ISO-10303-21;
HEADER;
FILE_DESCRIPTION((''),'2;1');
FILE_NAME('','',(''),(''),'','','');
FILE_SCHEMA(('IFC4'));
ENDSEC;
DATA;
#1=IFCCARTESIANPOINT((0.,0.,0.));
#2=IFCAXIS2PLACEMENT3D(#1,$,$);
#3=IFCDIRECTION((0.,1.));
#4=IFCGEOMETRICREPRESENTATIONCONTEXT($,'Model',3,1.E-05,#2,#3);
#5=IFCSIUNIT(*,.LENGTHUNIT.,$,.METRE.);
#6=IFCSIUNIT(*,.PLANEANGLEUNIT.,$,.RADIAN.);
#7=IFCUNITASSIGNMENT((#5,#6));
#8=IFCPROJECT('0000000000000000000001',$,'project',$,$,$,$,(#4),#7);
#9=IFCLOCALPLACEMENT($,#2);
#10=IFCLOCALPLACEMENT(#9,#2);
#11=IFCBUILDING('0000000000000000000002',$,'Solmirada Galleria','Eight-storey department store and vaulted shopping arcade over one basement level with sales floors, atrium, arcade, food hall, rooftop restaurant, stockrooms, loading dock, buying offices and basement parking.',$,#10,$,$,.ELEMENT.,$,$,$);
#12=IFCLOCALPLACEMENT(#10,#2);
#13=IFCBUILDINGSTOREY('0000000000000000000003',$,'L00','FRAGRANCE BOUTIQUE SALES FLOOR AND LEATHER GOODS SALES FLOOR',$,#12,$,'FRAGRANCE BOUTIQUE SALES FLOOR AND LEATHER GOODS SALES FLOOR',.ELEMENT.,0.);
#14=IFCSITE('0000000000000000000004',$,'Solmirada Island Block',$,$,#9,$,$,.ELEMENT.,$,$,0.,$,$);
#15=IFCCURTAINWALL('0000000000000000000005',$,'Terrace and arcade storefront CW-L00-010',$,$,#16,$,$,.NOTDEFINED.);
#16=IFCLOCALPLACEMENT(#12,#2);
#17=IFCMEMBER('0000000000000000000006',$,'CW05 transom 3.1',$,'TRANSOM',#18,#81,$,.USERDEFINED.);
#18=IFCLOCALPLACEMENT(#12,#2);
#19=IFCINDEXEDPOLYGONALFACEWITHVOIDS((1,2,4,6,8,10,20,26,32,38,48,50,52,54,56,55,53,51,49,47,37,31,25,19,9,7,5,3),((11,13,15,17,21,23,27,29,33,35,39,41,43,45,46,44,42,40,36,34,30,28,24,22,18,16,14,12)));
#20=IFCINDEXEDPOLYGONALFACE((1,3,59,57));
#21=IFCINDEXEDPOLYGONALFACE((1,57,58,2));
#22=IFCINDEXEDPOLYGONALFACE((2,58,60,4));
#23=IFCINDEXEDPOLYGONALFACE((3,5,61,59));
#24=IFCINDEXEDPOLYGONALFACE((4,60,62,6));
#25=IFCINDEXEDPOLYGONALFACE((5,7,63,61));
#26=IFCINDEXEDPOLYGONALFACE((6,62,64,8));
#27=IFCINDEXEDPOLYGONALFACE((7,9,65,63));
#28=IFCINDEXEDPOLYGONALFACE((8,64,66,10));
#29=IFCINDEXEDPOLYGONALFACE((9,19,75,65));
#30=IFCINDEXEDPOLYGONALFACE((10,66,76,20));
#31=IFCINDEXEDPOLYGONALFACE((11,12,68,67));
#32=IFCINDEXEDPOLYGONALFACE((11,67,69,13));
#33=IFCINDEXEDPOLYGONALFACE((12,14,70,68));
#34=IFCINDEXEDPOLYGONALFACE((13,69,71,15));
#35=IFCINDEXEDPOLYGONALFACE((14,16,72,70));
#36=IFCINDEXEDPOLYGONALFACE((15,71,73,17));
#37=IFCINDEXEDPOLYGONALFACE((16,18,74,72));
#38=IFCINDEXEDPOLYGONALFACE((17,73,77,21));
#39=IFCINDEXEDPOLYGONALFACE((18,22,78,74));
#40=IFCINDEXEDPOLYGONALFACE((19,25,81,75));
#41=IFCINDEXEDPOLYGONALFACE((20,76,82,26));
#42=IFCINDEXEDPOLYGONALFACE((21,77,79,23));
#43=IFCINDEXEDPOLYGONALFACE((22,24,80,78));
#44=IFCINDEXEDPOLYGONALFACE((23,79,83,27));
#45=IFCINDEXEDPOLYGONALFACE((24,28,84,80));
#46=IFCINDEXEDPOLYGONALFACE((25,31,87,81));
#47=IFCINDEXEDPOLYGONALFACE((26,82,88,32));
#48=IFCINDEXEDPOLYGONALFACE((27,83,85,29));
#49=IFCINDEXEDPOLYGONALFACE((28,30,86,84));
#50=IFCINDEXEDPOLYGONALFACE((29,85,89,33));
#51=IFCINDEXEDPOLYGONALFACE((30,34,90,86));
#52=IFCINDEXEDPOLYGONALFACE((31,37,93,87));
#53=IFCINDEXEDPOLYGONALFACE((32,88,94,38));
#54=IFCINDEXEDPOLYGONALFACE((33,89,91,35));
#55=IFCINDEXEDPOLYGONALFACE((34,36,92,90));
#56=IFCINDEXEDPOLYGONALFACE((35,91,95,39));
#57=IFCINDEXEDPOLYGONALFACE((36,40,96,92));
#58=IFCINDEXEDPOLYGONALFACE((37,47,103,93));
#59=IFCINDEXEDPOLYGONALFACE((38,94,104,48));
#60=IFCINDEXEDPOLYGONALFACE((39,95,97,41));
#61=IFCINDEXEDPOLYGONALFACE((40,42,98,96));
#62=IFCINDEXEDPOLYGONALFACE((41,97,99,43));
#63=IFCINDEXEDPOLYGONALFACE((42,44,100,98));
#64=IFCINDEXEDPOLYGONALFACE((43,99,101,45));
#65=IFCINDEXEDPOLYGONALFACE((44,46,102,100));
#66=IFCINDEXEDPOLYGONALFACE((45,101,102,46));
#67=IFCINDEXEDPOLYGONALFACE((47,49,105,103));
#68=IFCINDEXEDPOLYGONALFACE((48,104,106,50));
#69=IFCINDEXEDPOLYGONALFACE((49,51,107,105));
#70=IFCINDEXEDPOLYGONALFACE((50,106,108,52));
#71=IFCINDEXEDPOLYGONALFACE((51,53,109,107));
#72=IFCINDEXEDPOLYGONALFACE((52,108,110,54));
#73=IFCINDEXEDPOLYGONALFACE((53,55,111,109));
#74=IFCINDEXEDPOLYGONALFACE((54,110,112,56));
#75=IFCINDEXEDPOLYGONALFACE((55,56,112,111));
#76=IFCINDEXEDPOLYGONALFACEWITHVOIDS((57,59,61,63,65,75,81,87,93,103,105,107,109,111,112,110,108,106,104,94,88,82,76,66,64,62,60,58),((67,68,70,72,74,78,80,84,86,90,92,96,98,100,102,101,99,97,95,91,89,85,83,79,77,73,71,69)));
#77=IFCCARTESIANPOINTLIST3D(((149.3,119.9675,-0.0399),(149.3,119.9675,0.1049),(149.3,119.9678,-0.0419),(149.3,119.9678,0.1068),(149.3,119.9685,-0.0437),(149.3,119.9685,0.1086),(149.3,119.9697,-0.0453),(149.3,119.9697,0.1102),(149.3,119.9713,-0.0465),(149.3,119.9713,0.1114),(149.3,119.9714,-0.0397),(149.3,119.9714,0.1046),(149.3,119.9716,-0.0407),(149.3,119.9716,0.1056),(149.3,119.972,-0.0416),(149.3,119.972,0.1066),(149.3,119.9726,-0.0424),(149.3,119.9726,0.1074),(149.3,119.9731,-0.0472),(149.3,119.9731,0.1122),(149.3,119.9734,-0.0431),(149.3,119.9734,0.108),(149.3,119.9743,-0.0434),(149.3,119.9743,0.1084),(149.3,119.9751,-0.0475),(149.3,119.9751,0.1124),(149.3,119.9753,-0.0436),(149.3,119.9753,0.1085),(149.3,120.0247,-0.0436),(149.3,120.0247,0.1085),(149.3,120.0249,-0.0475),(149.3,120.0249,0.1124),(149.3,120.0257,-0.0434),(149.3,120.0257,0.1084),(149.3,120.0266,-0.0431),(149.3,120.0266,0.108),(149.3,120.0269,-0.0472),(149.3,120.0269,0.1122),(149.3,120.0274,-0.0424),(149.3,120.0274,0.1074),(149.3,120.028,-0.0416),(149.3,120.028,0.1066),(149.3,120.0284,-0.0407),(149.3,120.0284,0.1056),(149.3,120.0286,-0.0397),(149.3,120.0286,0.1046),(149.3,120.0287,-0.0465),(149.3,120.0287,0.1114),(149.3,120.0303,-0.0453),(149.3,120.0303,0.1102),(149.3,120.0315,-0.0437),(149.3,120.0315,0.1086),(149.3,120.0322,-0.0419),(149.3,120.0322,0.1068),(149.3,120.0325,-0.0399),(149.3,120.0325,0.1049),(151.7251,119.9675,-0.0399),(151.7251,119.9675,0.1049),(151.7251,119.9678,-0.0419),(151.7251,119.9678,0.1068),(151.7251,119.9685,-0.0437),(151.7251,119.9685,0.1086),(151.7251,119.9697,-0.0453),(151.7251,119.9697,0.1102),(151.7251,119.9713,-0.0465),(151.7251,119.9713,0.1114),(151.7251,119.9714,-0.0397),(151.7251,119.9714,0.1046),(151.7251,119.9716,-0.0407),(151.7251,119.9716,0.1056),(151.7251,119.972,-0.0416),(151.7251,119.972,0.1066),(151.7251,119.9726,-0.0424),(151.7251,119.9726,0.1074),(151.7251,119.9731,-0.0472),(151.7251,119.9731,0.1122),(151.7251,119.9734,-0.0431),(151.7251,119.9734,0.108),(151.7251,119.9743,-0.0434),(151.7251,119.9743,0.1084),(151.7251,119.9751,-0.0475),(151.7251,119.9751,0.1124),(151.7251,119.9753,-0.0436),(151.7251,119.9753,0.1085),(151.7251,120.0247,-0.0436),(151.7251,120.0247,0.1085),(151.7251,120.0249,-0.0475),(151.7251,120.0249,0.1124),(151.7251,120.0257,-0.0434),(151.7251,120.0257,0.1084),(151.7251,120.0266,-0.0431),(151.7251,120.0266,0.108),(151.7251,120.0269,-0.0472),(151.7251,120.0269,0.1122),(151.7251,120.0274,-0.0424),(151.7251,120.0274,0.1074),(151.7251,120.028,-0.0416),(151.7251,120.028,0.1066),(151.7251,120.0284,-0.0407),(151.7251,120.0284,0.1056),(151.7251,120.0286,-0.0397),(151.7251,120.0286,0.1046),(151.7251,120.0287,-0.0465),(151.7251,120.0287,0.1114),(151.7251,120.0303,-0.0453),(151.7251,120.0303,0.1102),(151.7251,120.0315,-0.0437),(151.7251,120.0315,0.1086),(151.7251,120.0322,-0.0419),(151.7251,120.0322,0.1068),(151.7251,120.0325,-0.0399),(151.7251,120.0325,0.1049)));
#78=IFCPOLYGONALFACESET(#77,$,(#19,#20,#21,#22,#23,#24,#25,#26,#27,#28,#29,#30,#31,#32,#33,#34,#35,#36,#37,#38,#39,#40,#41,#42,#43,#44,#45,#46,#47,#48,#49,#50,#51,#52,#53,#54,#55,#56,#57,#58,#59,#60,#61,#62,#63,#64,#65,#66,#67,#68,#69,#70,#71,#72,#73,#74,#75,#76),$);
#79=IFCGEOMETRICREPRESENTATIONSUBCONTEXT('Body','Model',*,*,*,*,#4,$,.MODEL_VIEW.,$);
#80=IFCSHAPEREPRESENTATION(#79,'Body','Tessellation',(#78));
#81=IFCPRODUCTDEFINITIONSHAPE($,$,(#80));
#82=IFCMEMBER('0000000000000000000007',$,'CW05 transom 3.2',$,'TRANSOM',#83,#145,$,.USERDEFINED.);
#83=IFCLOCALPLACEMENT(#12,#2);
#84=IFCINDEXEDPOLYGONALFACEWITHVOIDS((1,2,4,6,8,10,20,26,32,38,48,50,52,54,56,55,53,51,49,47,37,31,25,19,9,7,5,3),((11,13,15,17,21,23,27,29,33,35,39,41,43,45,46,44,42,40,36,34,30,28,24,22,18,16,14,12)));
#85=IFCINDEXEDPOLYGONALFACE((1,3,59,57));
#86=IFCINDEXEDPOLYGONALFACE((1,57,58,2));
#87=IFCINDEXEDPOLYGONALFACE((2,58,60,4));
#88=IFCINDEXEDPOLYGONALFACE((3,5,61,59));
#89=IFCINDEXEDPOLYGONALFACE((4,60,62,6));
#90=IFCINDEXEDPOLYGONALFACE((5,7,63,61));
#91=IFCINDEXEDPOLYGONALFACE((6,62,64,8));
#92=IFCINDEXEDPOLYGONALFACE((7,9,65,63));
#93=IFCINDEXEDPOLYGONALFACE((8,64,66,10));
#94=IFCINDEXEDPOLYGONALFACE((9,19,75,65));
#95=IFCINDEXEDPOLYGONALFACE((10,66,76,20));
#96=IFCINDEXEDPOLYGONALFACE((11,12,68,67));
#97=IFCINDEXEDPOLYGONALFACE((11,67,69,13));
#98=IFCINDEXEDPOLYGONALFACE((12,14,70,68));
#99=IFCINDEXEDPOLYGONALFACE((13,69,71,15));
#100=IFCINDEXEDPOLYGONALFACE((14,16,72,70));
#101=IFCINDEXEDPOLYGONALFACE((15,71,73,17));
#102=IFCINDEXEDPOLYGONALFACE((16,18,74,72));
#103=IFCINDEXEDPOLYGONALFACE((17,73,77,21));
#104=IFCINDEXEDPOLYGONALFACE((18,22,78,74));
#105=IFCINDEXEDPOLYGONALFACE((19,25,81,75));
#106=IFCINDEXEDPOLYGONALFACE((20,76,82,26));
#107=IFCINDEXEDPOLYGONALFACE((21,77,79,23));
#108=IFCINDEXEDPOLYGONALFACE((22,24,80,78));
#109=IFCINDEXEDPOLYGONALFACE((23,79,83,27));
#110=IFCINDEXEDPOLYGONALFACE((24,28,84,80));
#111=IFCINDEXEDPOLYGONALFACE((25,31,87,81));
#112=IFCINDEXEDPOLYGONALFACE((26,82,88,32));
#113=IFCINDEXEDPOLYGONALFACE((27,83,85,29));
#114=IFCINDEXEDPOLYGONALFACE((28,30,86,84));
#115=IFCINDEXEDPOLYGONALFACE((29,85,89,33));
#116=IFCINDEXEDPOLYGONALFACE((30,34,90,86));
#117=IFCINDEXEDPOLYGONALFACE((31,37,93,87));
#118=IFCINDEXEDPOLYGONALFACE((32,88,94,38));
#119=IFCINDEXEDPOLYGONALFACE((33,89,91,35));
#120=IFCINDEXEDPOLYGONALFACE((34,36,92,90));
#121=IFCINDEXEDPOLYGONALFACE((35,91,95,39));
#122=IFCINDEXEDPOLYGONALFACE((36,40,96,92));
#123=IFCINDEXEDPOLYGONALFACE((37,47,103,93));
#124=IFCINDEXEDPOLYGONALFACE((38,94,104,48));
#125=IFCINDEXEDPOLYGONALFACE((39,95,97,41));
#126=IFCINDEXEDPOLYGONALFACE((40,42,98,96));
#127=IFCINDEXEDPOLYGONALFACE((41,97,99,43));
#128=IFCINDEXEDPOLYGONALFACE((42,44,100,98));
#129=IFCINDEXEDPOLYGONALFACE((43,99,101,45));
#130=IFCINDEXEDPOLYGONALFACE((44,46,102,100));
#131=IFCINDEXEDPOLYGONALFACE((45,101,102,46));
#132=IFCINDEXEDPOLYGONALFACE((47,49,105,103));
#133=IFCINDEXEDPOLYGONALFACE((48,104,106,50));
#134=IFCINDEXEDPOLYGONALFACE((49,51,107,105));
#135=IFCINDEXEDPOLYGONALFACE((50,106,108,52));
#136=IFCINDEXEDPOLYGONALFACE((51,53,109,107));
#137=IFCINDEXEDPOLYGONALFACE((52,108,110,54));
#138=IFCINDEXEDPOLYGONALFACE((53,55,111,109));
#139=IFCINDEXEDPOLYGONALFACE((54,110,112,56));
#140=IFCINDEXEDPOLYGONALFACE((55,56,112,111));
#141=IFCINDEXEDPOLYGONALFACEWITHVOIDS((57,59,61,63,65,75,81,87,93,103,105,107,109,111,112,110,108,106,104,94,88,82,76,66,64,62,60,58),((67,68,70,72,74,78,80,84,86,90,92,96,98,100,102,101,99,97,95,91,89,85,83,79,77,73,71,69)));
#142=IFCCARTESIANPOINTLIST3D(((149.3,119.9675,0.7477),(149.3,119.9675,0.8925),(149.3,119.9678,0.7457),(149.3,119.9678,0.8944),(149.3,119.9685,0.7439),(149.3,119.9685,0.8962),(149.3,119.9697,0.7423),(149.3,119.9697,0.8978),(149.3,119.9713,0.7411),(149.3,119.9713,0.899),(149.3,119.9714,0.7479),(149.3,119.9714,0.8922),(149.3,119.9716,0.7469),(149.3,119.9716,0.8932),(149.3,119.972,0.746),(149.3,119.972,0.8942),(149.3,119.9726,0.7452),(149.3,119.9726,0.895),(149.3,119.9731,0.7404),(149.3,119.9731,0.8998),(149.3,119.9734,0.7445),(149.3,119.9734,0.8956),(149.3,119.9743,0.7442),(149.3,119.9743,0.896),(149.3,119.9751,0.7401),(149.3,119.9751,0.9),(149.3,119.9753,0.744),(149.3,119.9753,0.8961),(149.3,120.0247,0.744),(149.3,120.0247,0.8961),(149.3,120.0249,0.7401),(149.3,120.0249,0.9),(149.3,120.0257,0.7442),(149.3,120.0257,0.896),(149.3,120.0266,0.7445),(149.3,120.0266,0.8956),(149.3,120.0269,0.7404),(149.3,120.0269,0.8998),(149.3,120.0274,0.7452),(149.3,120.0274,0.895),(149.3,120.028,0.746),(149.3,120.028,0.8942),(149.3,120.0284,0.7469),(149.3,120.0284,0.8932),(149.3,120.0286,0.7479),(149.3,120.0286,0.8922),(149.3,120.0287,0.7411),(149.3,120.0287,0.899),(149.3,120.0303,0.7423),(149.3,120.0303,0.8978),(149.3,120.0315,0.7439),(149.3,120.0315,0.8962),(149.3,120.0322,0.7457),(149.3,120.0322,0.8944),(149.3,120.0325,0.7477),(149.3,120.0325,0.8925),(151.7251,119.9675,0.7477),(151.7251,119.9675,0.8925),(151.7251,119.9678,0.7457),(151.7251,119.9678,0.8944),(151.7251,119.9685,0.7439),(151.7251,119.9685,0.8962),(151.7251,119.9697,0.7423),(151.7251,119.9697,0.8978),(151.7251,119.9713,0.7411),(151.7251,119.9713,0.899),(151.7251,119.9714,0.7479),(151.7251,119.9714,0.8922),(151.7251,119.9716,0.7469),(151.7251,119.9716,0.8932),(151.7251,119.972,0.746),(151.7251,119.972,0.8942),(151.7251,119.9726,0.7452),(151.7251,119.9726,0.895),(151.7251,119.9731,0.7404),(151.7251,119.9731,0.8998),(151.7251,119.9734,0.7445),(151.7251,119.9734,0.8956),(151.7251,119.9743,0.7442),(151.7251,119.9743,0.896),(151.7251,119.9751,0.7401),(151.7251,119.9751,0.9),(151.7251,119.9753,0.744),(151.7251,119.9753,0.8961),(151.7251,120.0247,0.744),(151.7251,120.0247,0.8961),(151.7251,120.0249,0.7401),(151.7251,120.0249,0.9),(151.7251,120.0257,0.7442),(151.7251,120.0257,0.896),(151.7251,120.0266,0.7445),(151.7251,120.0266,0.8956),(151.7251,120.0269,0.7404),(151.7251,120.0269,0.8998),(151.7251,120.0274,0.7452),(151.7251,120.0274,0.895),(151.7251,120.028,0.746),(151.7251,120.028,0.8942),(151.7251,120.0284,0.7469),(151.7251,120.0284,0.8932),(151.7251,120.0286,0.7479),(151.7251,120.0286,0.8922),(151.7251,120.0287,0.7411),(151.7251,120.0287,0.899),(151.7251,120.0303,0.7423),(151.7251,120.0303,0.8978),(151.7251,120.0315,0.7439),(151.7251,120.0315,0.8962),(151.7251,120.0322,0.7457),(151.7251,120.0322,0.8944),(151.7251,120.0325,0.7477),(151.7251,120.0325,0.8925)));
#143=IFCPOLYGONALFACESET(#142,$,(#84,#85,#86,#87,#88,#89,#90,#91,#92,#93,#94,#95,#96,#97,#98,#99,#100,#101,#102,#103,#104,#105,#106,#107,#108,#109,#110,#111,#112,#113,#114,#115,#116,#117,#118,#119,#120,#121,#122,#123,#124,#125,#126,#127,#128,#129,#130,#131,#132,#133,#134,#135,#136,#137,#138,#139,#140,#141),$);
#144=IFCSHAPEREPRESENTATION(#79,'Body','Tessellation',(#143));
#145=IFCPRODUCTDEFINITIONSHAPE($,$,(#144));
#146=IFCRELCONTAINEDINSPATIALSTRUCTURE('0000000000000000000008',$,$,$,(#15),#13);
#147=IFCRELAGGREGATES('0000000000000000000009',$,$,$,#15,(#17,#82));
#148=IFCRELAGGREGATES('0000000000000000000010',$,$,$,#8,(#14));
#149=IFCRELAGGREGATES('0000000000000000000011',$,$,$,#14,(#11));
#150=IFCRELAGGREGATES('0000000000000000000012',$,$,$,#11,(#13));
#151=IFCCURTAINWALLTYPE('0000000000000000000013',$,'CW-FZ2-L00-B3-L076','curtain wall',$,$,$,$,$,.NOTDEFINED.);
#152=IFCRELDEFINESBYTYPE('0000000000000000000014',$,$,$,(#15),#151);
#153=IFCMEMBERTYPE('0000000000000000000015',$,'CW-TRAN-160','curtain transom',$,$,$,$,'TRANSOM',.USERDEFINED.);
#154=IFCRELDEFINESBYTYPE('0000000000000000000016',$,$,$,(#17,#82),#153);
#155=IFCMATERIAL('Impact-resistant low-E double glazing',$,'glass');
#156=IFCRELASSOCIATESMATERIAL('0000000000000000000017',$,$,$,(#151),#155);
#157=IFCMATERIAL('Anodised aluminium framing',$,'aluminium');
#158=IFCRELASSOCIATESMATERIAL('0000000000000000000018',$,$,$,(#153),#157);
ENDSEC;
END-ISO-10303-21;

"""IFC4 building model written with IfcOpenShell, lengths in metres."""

from ifc_helpers import new_model, si_unit, direction, frame, origin, origin_2d, place, context, subcontext, project, spatial, hollow_rectangle, extrude, material, material_profile, profile_set, type_object, element, aggregate, save


model = new_model("IFC4")

# Units and contexts
model_context = context("Model", 3, precision=1e-05, world=origin(), true_north=direction((0.0, 1.0)))
body_context = subcontext(model_context, "Body", "Model", "MODEL_VIEW")
ifc_project = project(units=[si_unit("LENGTHUNIT", "METRE"), si_unit("PLANEANGLEUNIT", "RADIAN")], contexts=[model_context])

# Site, building, storey
site_placement = place(None, origin())
site = spatial("IfcSite", under=ifc_project, at=site_placement, Name="Solmirada Island Block", CompositionType="ELEMENT", RefElevation=0.0)
building_placement = place(site_placement, origin())
building = spatial("IfcBuilding", under=site, at=building_placement, Name="Solmirada Galleria", Description="Eight-storey department store and vaulted shopping arcade over one basement level with sales floors, atrium, arcade, food hall, rooftop restaurant, stockrooms, loading dock, buying offices and basement parking.", CompositionType="ELEMENT")
storey_placement = place(building_placement, origin())
storey = spatial("IfcBuildingStorey", under=building, at=storey_placement, Name="L00", Description="FRAGRANCE BOUTIQUE SALES FLOOR AND LEATHER GOODS SALES FLOOR", LongName="FRAGRANCE BOUTIQUE SALES FLOOR AND LEATHER GOODS SALES FLOOR", CompositionType="ELEMENT", Elevation=0.0)

# Curtain wall
ifc_material_1 = material(Name="Impact-resistant low-E double glazing", Category="glass")
curtain_wall_type = type_object("IfcCurtainWallType", Name="CW-FZ2-L00-B3-L076", Description="curtain wall", PredefinedType="NOTDEFINED", material=ifc_material_1)
curtain_wall_1_placement = place(storey_placement, origin())
curtain_wall_1 = element("IfcCurtainWall", 1, at=curtain_wall_1_placement, inside=storey, type_object=curtain_wall_type, Name="Terrace and arcade storefront CW-L00-010", PredefinedType="NOTDEFINED")
ifc_material_2 = material(Name="Anodised aluminium framing", Category="aluminium")

# Members
ifc_material_profile_1 = material_profile(ifc_material_2, hollow_rectangle(XDim=0.0649, YDim=0.1599, WallThickness=0.0039, InnerFilletRadius=0.0039, OuterFilletRadius=0.0076, at=origin_2d()), Name="ALU-TRAN-160X65")
ifc_profile_set_1 = profile_set([ifc_material_profile_1], Name="Anodised aluminium framing")
member_type_1 = type_object("IfcMemberType", Name="CW-TRAN-160", Description="curtain transom", ElementType="TRANSOM", PredefinedType="USERDEFINED", material=ifc_profile_set_1)
member_1_placement = place(storey_placement, frame((149.3, 120.0, 0.0325), z_axis=(1.0, 0.0, 0.0), x_axis=(0.0, 1.0, 0.0)))
member_1 = element("IfcMember", 2, at=member_1_placement, type_object=member_type_1, Name="CW05 transom 3.1", ObjectType="TRANSOM", PredefinedType="USERDEFINED", context=body_context, shape_type="SweptSolid", body=[
    extrude(hollow_rectangle(XDim=0.0649, YDim=0.1599, WallThickness=0.0039, InnerFilletRadius=0.0039, OuterFilletRadius=0.0076, at=origin_2d()), origin(), (0.0, 0.0, 1.0), 2.425),
])
member_2_placement = place(storey_placement, frame((149.3, 120.0, 0.8201), z_axis=(1.0, 0.0, 0.0), x_axis=(0.0, 1.0, 0.0)))
member_2 = element("IfcMember", 3, at=member_2_placement, type_object=member_type_1, Name="CW05 transom 3.2", ObjectType="TRANSOM", PredefinedType="USERDEFINED", context=body_context, shape_type="SweptSolid", body=[
    extrude(hollow_rectangle(XDim=0.0649, YDim=0.1599, WallThickness=0.0039, InnerFilletRadius=0.0039, OuterFilletRadius=0.0076, at=origin_2d()), origin(), (0.0, 0.0, 1.0), 2.425),
])

aggregate(curtain_wall_1, [member_1, member_2])

save(model, "model.ifc")
